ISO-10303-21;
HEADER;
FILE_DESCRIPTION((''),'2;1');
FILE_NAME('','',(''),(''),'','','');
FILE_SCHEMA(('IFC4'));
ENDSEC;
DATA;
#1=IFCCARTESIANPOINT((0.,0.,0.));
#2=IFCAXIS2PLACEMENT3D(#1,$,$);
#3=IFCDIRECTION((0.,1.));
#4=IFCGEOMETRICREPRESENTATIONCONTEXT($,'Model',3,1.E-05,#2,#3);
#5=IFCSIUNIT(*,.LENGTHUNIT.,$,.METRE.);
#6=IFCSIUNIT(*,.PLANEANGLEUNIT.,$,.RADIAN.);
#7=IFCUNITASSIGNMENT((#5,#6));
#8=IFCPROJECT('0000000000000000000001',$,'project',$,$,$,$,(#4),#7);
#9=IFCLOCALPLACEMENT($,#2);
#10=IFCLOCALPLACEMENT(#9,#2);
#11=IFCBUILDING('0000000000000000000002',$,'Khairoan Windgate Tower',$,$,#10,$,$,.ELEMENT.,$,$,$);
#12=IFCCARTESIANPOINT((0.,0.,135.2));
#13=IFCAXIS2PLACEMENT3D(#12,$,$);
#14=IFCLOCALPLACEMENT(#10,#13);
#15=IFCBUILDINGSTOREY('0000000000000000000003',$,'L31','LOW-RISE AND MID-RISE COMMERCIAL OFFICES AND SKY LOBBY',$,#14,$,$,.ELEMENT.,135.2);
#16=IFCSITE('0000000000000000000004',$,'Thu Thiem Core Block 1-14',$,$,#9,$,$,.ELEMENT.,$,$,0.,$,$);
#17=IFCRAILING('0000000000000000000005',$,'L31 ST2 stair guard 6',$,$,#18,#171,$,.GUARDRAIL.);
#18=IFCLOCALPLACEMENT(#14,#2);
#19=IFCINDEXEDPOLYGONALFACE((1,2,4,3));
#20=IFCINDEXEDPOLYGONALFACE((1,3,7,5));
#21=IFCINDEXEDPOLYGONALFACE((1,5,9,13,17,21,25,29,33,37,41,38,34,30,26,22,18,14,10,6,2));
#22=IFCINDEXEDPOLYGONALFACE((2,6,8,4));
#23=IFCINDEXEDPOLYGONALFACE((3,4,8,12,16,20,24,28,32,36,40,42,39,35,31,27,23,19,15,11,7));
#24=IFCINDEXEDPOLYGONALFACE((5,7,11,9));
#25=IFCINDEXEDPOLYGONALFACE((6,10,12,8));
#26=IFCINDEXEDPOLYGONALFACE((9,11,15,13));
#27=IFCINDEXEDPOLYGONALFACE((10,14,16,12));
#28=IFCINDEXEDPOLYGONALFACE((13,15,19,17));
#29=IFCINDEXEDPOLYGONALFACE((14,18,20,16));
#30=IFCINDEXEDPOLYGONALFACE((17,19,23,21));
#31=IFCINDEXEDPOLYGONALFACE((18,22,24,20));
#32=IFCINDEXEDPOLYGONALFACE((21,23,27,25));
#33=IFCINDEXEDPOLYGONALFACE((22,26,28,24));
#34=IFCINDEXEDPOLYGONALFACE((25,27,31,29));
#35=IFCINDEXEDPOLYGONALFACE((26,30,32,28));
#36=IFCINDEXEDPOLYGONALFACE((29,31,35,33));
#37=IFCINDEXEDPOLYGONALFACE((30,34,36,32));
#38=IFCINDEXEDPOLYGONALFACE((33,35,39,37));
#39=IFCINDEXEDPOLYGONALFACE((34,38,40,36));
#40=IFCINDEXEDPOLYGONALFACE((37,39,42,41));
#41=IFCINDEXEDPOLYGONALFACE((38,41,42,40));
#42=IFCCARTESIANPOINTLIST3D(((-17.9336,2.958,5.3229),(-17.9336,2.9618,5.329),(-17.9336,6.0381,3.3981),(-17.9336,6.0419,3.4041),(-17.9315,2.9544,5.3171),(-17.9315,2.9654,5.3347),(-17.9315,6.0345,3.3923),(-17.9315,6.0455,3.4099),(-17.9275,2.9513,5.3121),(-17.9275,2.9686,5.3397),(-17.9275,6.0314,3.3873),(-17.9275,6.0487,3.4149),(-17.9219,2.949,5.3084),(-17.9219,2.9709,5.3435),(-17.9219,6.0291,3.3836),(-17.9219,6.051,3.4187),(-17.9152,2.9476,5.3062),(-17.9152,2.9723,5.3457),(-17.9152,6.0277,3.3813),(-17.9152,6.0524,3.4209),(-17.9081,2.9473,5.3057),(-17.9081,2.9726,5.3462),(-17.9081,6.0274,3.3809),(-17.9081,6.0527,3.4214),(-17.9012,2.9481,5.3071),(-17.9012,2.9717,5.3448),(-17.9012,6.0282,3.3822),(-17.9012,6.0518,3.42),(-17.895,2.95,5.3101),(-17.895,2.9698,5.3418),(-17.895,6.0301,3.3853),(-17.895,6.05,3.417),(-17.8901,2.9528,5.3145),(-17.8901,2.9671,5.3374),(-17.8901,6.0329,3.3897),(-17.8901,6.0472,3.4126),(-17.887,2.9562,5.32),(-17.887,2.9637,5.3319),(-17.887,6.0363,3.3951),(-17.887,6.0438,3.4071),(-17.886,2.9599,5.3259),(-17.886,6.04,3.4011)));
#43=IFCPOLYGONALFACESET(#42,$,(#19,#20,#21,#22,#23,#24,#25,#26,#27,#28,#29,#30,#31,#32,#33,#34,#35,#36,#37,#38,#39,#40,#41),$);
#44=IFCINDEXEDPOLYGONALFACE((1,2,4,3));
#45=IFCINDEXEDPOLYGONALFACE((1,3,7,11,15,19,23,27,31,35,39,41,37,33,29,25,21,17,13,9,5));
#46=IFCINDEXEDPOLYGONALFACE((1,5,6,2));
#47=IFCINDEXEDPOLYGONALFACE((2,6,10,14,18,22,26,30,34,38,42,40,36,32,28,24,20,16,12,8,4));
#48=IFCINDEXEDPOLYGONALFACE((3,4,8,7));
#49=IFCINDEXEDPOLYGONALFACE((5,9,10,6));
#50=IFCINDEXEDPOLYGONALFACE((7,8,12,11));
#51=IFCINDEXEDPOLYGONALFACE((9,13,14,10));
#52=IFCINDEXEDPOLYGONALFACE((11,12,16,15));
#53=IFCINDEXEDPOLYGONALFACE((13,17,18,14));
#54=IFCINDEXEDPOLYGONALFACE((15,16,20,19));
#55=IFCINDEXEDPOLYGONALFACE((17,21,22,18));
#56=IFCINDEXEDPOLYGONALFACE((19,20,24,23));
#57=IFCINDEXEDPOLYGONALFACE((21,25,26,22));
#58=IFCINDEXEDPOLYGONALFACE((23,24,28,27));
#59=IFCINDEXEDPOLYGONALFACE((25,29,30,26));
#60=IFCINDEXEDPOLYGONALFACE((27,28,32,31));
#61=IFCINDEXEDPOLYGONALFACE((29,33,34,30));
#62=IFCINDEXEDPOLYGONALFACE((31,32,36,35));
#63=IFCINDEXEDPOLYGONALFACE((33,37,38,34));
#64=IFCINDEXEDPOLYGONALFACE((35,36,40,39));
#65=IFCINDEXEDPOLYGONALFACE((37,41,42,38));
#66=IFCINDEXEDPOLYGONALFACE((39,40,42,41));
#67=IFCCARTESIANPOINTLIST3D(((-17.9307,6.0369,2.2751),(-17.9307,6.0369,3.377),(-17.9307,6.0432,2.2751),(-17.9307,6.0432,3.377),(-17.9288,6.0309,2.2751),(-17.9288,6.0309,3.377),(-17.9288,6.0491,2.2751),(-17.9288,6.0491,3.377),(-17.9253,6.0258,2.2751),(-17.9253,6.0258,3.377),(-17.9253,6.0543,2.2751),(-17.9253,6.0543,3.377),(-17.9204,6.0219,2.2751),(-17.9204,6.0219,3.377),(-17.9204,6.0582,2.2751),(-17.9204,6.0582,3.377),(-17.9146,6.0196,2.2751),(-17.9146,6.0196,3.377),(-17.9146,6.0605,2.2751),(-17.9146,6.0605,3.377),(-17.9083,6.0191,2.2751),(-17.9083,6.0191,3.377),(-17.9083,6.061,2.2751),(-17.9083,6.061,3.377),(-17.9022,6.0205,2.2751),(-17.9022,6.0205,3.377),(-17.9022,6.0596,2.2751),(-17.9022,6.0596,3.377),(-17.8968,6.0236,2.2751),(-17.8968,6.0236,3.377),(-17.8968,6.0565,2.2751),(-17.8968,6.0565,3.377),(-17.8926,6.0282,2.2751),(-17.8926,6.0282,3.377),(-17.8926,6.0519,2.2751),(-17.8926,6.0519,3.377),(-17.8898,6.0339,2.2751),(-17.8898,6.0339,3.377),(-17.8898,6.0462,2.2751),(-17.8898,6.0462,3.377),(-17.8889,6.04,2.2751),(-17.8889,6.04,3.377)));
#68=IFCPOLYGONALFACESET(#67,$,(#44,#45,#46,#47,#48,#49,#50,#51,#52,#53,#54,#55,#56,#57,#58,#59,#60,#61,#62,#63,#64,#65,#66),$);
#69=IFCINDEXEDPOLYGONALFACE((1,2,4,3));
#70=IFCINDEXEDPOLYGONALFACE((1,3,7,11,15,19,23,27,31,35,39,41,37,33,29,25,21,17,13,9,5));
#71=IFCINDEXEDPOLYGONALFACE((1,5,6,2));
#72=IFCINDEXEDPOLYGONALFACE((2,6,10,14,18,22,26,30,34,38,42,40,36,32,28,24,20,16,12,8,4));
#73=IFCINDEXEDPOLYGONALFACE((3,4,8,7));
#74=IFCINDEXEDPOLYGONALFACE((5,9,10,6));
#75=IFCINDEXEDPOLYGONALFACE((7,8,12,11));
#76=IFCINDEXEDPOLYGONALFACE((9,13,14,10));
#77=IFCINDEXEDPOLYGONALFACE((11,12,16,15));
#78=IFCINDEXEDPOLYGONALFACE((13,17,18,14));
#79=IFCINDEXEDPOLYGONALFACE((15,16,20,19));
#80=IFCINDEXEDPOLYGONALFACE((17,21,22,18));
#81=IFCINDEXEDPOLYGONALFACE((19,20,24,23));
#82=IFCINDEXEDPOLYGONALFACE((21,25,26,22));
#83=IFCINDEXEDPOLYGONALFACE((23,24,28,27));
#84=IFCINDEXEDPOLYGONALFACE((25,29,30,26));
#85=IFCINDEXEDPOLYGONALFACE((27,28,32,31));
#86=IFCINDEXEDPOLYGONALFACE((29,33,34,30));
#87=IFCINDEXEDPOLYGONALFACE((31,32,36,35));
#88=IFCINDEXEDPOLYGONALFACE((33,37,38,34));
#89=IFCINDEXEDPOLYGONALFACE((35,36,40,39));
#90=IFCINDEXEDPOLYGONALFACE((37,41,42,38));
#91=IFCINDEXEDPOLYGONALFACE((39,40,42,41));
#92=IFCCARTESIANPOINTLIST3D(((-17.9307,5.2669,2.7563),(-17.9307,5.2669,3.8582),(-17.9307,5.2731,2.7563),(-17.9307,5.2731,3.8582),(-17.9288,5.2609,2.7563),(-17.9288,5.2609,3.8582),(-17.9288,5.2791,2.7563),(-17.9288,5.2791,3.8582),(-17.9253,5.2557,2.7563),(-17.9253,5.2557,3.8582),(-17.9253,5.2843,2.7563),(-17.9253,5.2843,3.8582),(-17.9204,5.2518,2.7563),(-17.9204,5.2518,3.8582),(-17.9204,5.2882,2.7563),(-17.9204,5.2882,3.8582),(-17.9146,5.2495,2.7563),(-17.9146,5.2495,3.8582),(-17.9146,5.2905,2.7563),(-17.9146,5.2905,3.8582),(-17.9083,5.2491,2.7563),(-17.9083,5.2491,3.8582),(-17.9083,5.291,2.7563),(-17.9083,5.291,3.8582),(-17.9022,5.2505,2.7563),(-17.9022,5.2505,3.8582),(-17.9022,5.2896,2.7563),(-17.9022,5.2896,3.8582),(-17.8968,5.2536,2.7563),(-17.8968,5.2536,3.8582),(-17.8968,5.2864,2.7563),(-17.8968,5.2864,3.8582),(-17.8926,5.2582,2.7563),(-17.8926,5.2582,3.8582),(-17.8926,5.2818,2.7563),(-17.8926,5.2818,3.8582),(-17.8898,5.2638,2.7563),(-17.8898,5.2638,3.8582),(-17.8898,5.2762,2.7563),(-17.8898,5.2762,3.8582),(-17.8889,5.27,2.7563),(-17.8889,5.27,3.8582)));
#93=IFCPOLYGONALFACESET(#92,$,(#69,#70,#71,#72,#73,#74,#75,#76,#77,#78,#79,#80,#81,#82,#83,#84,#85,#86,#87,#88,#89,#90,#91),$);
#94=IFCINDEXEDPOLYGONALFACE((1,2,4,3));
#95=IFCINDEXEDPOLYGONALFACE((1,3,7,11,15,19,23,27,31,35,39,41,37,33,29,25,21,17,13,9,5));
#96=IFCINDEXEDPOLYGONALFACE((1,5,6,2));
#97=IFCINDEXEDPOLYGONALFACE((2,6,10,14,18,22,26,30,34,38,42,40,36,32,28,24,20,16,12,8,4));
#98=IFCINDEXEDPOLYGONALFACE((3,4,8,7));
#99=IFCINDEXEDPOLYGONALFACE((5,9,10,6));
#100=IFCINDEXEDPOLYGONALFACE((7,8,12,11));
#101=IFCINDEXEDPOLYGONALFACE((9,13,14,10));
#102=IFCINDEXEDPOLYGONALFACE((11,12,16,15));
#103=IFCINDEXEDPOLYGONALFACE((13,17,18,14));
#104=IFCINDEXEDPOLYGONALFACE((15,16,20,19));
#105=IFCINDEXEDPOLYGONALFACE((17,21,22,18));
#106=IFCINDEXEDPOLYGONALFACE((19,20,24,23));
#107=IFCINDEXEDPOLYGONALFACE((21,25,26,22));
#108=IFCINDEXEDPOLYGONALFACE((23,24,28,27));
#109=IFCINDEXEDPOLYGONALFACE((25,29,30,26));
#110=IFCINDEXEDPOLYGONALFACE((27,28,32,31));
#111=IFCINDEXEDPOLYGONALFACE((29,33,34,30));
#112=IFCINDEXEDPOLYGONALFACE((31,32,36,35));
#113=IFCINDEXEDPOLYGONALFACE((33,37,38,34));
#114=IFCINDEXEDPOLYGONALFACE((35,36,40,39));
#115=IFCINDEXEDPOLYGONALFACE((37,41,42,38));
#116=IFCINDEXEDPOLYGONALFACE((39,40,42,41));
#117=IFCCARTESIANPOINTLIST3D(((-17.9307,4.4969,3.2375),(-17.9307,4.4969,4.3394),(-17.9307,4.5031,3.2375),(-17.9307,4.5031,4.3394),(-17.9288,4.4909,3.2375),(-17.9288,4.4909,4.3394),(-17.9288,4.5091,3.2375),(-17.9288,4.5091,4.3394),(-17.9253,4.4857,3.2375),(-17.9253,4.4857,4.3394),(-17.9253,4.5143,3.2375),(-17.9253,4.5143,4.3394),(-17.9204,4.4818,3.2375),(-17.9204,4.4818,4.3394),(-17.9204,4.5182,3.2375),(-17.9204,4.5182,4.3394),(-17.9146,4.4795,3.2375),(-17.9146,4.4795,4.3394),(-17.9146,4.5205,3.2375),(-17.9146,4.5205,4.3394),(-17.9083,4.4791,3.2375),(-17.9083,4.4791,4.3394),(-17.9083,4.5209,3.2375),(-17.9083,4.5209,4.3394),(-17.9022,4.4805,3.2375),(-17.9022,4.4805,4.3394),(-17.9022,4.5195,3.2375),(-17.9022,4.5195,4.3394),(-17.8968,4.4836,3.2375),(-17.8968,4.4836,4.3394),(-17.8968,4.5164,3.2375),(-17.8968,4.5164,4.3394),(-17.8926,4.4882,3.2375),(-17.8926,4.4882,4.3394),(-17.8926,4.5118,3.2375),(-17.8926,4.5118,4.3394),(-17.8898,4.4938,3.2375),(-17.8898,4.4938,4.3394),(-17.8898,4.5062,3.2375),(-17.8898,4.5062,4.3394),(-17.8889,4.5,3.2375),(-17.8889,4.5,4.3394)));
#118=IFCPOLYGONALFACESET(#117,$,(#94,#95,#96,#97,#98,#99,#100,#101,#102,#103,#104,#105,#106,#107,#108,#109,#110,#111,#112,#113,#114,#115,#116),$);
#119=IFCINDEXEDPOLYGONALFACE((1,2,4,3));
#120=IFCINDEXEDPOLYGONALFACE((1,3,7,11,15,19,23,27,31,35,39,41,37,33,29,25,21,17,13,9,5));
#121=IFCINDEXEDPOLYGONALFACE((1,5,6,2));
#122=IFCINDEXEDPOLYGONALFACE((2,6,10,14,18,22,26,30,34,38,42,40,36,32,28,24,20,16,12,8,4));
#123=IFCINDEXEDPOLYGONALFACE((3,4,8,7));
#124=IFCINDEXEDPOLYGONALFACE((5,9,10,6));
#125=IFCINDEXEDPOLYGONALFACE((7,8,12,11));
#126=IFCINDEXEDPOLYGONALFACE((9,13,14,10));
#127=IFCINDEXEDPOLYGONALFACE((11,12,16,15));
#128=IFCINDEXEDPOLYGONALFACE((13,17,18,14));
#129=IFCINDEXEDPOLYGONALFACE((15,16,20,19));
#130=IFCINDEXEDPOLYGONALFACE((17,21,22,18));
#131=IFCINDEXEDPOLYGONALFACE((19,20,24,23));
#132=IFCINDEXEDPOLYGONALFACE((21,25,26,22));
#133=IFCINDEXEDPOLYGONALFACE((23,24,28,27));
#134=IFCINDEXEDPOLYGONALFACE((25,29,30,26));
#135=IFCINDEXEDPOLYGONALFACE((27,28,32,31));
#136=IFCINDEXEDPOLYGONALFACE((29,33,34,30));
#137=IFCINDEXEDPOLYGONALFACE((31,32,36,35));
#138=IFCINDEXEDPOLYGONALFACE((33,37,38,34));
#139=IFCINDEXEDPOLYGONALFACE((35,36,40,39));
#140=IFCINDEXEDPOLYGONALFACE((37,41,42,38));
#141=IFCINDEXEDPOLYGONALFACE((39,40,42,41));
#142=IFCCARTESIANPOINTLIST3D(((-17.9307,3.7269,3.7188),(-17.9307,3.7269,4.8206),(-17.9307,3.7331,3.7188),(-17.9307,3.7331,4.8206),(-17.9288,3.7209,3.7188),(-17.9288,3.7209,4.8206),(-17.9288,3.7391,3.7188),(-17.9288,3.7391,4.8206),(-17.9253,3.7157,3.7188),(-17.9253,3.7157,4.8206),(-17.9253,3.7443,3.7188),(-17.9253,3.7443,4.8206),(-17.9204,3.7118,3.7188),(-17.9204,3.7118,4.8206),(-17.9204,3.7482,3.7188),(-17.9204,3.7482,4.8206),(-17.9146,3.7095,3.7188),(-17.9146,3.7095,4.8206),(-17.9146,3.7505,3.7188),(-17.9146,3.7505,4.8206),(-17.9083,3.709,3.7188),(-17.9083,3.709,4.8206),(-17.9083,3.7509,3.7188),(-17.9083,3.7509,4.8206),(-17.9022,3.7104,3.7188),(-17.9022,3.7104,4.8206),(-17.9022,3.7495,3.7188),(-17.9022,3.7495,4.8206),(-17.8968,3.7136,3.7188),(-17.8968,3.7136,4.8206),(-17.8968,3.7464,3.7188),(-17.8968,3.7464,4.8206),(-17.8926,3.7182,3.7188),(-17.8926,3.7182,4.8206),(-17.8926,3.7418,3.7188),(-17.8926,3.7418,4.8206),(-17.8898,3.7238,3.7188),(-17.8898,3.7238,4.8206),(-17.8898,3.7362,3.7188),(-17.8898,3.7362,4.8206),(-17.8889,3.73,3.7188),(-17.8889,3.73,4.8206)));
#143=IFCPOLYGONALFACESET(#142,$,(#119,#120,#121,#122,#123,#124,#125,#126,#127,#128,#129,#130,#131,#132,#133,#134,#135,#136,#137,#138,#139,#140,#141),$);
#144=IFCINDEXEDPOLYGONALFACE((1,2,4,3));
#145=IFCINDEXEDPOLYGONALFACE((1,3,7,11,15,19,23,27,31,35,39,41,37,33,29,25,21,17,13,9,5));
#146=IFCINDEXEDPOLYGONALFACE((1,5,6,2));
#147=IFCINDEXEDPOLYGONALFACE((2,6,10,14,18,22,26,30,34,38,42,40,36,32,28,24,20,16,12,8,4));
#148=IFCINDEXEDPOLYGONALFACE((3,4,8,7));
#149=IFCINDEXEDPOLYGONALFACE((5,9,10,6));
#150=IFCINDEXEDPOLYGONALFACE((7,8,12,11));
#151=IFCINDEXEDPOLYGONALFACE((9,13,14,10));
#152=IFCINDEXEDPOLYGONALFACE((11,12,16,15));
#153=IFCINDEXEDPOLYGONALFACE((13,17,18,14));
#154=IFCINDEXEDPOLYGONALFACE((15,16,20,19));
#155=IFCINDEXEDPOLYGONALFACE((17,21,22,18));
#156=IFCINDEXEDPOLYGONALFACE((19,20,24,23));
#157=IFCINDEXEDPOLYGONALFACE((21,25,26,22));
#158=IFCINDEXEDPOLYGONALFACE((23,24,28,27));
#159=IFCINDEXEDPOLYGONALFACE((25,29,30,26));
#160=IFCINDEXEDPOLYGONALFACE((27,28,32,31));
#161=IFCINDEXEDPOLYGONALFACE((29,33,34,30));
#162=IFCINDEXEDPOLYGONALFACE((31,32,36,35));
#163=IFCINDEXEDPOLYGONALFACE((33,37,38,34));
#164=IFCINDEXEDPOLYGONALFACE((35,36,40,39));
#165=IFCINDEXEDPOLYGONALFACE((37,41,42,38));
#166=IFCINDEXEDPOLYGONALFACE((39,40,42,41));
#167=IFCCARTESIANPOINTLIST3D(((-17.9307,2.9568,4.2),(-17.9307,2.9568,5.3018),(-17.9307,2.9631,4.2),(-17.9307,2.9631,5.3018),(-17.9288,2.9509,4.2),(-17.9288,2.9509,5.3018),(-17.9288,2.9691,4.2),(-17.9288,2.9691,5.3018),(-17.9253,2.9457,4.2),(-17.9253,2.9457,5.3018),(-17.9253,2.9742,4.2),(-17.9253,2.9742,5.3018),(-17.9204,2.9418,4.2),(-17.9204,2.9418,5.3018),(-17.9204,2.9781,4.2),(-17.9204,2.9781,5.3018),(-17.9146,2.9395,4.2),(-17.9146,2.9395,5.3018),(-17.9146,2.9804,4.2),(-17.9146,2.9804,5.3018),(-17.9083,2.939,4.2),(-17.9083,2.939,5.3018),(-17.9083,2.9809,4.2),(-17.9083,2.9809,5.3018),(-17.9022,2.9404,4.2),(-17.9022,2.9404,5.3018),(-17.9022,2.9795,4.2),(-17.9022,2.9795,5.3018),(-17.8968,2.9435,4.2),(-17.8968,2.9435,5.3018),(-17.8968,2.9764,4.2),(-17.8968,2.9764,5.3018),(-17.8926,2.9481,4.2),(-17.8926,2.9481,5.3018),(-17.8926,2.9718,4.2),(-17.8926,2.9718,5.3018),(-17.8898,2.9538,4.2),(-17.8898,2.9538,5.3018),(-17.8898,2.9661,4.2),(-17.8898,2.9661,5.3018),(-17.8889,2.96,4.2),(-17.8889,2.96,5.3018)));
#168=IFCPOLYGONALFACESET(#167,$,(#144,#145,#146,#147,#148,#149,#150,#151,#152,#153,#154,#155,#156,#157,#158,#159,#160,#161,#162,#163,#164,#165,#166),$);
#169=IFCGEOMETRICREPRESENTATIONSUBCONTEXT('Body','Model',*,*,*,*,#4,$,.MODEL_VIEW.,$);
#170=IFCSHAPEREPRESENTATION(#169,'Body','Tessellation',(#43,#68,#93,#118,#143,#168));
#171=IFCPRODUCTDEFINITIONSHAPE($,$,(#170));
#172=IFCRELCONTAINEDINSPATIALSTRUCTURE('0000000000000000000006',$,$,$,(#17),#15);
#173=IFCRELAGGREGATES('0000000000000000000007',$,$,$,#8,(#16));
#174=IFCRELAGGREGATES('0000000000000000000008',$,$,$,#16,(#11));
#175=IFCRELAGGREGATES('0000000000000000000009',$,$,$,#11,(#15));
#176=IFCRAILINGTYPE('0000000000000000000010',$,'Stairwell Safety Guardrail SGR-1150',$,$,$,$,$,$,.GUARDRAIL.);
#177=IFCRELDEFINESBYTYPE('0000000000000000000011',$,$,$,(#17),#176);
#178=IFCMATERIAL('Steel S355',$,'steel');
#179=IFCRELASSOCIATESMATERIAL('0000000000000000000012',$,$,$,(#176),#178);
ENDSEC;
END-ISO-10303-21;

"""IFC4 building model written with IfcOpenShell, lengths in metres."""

from ifc_helpers import new_model, si_unit, direction, frame, origin, origin_2d, place, context, subcontext, project, spatial, circle, extrude, material, type_object, element, save


model = new_model("IFC4")

# Units and contexts
model_context = context("Model", 3, precision=1e-05, world=origin(), true_north=direction((0.0, 1.0)))
body_context = subcontext(model_context, "Body", "Model", "MODEL_VIEW")
ifc_project = project(units=[si_unit("LENGTHUNIT", "METRE"), si_unit("PLANEANGLEUNIT", "RADIAN")], contexts=[model_context])

# Site, building, storey
site_placement = place(None, origin())
site = spatial("IfcSite", under=ifc_project, at=site_placement, Name="Thu Thiem Core Block 1-14", CompositionType="ELEMENT", RefElevation=0.0)
building_placement = place(site_placement, origin())
building = spatial("IfcBuilding", under=site, at=building_placement, Name="Khairoan Windgate Tower", CompositionType="ELEMENT")
storey_placement = place(building_placement, frame((0.0, 0.0, 135.2)))
storey = spatial("IfcBuildingStorey", under=building, at=storey_placement, Name="L31", Description="LOW-RISE AND MID-RISE COMMERCIAL OFFICES AND SKY LOBBY", CompositionType="ELEMENT", Elevation=135.2)

# Railing
ifc_material_1 = material(Name="Steel S355", Category="steel")
railing_type_1 = type_object("IfcRailingType", Name="Stairwell Safety Guardrail SGR-1150", PredefinedType="GUARDRAIL", material=ifc_material_1)
railing_1_placement = place(storey_placement, frame((-17.9099, 6.04, 2.2751)))
element("IfcRailing", 1, at=railing_1_placement, inside=storey, type_object=railing_type_1, Name="L31 ST2 stair guard 6", PredefinedType="GUARDRAIL", context=body_context, shape_type="SweptSolid", body=[
    extrude(circle(Radius=0.0239, at=origin_2d()), frame((0.0, 0.0, 1.126), z_axis=(0.0, -0.848029, 0.529951), x_axis=(1.0, 0.0, 0.0)), (0.0, 0.0, 1.0), 3.6321),
    extrude(circle(Radius=0.021, at=origin_2d()), origin(), (0.0, 0.0, 1.0), 1.1018),
    extrude(circle(Radius=0.021, at=origin_2d()), frame((0.0, -0.77, 0.4812)), (0.0, 0.0, 1.0), 1.1018),
    extrude(circle(Radius=0.021, at=origin_2d()), frame((0.0, -1.54, 0.9624)), (0.0, 0.0, 1.0), 1.1018),
    extrude(circle(Radius=0.021, at=origin_2d()), frame((0.0, -2.3101, 1.4436)), (0.0, 0.0, 1.0), 1.1018),
    extrude(circle(Radius=0.021, at=origin_2d()), frame((0.0, -3.0801, 1.9248)), (0.0, 0.0, 1.0), 1.1018),
])

save(model, "model.ifc")
